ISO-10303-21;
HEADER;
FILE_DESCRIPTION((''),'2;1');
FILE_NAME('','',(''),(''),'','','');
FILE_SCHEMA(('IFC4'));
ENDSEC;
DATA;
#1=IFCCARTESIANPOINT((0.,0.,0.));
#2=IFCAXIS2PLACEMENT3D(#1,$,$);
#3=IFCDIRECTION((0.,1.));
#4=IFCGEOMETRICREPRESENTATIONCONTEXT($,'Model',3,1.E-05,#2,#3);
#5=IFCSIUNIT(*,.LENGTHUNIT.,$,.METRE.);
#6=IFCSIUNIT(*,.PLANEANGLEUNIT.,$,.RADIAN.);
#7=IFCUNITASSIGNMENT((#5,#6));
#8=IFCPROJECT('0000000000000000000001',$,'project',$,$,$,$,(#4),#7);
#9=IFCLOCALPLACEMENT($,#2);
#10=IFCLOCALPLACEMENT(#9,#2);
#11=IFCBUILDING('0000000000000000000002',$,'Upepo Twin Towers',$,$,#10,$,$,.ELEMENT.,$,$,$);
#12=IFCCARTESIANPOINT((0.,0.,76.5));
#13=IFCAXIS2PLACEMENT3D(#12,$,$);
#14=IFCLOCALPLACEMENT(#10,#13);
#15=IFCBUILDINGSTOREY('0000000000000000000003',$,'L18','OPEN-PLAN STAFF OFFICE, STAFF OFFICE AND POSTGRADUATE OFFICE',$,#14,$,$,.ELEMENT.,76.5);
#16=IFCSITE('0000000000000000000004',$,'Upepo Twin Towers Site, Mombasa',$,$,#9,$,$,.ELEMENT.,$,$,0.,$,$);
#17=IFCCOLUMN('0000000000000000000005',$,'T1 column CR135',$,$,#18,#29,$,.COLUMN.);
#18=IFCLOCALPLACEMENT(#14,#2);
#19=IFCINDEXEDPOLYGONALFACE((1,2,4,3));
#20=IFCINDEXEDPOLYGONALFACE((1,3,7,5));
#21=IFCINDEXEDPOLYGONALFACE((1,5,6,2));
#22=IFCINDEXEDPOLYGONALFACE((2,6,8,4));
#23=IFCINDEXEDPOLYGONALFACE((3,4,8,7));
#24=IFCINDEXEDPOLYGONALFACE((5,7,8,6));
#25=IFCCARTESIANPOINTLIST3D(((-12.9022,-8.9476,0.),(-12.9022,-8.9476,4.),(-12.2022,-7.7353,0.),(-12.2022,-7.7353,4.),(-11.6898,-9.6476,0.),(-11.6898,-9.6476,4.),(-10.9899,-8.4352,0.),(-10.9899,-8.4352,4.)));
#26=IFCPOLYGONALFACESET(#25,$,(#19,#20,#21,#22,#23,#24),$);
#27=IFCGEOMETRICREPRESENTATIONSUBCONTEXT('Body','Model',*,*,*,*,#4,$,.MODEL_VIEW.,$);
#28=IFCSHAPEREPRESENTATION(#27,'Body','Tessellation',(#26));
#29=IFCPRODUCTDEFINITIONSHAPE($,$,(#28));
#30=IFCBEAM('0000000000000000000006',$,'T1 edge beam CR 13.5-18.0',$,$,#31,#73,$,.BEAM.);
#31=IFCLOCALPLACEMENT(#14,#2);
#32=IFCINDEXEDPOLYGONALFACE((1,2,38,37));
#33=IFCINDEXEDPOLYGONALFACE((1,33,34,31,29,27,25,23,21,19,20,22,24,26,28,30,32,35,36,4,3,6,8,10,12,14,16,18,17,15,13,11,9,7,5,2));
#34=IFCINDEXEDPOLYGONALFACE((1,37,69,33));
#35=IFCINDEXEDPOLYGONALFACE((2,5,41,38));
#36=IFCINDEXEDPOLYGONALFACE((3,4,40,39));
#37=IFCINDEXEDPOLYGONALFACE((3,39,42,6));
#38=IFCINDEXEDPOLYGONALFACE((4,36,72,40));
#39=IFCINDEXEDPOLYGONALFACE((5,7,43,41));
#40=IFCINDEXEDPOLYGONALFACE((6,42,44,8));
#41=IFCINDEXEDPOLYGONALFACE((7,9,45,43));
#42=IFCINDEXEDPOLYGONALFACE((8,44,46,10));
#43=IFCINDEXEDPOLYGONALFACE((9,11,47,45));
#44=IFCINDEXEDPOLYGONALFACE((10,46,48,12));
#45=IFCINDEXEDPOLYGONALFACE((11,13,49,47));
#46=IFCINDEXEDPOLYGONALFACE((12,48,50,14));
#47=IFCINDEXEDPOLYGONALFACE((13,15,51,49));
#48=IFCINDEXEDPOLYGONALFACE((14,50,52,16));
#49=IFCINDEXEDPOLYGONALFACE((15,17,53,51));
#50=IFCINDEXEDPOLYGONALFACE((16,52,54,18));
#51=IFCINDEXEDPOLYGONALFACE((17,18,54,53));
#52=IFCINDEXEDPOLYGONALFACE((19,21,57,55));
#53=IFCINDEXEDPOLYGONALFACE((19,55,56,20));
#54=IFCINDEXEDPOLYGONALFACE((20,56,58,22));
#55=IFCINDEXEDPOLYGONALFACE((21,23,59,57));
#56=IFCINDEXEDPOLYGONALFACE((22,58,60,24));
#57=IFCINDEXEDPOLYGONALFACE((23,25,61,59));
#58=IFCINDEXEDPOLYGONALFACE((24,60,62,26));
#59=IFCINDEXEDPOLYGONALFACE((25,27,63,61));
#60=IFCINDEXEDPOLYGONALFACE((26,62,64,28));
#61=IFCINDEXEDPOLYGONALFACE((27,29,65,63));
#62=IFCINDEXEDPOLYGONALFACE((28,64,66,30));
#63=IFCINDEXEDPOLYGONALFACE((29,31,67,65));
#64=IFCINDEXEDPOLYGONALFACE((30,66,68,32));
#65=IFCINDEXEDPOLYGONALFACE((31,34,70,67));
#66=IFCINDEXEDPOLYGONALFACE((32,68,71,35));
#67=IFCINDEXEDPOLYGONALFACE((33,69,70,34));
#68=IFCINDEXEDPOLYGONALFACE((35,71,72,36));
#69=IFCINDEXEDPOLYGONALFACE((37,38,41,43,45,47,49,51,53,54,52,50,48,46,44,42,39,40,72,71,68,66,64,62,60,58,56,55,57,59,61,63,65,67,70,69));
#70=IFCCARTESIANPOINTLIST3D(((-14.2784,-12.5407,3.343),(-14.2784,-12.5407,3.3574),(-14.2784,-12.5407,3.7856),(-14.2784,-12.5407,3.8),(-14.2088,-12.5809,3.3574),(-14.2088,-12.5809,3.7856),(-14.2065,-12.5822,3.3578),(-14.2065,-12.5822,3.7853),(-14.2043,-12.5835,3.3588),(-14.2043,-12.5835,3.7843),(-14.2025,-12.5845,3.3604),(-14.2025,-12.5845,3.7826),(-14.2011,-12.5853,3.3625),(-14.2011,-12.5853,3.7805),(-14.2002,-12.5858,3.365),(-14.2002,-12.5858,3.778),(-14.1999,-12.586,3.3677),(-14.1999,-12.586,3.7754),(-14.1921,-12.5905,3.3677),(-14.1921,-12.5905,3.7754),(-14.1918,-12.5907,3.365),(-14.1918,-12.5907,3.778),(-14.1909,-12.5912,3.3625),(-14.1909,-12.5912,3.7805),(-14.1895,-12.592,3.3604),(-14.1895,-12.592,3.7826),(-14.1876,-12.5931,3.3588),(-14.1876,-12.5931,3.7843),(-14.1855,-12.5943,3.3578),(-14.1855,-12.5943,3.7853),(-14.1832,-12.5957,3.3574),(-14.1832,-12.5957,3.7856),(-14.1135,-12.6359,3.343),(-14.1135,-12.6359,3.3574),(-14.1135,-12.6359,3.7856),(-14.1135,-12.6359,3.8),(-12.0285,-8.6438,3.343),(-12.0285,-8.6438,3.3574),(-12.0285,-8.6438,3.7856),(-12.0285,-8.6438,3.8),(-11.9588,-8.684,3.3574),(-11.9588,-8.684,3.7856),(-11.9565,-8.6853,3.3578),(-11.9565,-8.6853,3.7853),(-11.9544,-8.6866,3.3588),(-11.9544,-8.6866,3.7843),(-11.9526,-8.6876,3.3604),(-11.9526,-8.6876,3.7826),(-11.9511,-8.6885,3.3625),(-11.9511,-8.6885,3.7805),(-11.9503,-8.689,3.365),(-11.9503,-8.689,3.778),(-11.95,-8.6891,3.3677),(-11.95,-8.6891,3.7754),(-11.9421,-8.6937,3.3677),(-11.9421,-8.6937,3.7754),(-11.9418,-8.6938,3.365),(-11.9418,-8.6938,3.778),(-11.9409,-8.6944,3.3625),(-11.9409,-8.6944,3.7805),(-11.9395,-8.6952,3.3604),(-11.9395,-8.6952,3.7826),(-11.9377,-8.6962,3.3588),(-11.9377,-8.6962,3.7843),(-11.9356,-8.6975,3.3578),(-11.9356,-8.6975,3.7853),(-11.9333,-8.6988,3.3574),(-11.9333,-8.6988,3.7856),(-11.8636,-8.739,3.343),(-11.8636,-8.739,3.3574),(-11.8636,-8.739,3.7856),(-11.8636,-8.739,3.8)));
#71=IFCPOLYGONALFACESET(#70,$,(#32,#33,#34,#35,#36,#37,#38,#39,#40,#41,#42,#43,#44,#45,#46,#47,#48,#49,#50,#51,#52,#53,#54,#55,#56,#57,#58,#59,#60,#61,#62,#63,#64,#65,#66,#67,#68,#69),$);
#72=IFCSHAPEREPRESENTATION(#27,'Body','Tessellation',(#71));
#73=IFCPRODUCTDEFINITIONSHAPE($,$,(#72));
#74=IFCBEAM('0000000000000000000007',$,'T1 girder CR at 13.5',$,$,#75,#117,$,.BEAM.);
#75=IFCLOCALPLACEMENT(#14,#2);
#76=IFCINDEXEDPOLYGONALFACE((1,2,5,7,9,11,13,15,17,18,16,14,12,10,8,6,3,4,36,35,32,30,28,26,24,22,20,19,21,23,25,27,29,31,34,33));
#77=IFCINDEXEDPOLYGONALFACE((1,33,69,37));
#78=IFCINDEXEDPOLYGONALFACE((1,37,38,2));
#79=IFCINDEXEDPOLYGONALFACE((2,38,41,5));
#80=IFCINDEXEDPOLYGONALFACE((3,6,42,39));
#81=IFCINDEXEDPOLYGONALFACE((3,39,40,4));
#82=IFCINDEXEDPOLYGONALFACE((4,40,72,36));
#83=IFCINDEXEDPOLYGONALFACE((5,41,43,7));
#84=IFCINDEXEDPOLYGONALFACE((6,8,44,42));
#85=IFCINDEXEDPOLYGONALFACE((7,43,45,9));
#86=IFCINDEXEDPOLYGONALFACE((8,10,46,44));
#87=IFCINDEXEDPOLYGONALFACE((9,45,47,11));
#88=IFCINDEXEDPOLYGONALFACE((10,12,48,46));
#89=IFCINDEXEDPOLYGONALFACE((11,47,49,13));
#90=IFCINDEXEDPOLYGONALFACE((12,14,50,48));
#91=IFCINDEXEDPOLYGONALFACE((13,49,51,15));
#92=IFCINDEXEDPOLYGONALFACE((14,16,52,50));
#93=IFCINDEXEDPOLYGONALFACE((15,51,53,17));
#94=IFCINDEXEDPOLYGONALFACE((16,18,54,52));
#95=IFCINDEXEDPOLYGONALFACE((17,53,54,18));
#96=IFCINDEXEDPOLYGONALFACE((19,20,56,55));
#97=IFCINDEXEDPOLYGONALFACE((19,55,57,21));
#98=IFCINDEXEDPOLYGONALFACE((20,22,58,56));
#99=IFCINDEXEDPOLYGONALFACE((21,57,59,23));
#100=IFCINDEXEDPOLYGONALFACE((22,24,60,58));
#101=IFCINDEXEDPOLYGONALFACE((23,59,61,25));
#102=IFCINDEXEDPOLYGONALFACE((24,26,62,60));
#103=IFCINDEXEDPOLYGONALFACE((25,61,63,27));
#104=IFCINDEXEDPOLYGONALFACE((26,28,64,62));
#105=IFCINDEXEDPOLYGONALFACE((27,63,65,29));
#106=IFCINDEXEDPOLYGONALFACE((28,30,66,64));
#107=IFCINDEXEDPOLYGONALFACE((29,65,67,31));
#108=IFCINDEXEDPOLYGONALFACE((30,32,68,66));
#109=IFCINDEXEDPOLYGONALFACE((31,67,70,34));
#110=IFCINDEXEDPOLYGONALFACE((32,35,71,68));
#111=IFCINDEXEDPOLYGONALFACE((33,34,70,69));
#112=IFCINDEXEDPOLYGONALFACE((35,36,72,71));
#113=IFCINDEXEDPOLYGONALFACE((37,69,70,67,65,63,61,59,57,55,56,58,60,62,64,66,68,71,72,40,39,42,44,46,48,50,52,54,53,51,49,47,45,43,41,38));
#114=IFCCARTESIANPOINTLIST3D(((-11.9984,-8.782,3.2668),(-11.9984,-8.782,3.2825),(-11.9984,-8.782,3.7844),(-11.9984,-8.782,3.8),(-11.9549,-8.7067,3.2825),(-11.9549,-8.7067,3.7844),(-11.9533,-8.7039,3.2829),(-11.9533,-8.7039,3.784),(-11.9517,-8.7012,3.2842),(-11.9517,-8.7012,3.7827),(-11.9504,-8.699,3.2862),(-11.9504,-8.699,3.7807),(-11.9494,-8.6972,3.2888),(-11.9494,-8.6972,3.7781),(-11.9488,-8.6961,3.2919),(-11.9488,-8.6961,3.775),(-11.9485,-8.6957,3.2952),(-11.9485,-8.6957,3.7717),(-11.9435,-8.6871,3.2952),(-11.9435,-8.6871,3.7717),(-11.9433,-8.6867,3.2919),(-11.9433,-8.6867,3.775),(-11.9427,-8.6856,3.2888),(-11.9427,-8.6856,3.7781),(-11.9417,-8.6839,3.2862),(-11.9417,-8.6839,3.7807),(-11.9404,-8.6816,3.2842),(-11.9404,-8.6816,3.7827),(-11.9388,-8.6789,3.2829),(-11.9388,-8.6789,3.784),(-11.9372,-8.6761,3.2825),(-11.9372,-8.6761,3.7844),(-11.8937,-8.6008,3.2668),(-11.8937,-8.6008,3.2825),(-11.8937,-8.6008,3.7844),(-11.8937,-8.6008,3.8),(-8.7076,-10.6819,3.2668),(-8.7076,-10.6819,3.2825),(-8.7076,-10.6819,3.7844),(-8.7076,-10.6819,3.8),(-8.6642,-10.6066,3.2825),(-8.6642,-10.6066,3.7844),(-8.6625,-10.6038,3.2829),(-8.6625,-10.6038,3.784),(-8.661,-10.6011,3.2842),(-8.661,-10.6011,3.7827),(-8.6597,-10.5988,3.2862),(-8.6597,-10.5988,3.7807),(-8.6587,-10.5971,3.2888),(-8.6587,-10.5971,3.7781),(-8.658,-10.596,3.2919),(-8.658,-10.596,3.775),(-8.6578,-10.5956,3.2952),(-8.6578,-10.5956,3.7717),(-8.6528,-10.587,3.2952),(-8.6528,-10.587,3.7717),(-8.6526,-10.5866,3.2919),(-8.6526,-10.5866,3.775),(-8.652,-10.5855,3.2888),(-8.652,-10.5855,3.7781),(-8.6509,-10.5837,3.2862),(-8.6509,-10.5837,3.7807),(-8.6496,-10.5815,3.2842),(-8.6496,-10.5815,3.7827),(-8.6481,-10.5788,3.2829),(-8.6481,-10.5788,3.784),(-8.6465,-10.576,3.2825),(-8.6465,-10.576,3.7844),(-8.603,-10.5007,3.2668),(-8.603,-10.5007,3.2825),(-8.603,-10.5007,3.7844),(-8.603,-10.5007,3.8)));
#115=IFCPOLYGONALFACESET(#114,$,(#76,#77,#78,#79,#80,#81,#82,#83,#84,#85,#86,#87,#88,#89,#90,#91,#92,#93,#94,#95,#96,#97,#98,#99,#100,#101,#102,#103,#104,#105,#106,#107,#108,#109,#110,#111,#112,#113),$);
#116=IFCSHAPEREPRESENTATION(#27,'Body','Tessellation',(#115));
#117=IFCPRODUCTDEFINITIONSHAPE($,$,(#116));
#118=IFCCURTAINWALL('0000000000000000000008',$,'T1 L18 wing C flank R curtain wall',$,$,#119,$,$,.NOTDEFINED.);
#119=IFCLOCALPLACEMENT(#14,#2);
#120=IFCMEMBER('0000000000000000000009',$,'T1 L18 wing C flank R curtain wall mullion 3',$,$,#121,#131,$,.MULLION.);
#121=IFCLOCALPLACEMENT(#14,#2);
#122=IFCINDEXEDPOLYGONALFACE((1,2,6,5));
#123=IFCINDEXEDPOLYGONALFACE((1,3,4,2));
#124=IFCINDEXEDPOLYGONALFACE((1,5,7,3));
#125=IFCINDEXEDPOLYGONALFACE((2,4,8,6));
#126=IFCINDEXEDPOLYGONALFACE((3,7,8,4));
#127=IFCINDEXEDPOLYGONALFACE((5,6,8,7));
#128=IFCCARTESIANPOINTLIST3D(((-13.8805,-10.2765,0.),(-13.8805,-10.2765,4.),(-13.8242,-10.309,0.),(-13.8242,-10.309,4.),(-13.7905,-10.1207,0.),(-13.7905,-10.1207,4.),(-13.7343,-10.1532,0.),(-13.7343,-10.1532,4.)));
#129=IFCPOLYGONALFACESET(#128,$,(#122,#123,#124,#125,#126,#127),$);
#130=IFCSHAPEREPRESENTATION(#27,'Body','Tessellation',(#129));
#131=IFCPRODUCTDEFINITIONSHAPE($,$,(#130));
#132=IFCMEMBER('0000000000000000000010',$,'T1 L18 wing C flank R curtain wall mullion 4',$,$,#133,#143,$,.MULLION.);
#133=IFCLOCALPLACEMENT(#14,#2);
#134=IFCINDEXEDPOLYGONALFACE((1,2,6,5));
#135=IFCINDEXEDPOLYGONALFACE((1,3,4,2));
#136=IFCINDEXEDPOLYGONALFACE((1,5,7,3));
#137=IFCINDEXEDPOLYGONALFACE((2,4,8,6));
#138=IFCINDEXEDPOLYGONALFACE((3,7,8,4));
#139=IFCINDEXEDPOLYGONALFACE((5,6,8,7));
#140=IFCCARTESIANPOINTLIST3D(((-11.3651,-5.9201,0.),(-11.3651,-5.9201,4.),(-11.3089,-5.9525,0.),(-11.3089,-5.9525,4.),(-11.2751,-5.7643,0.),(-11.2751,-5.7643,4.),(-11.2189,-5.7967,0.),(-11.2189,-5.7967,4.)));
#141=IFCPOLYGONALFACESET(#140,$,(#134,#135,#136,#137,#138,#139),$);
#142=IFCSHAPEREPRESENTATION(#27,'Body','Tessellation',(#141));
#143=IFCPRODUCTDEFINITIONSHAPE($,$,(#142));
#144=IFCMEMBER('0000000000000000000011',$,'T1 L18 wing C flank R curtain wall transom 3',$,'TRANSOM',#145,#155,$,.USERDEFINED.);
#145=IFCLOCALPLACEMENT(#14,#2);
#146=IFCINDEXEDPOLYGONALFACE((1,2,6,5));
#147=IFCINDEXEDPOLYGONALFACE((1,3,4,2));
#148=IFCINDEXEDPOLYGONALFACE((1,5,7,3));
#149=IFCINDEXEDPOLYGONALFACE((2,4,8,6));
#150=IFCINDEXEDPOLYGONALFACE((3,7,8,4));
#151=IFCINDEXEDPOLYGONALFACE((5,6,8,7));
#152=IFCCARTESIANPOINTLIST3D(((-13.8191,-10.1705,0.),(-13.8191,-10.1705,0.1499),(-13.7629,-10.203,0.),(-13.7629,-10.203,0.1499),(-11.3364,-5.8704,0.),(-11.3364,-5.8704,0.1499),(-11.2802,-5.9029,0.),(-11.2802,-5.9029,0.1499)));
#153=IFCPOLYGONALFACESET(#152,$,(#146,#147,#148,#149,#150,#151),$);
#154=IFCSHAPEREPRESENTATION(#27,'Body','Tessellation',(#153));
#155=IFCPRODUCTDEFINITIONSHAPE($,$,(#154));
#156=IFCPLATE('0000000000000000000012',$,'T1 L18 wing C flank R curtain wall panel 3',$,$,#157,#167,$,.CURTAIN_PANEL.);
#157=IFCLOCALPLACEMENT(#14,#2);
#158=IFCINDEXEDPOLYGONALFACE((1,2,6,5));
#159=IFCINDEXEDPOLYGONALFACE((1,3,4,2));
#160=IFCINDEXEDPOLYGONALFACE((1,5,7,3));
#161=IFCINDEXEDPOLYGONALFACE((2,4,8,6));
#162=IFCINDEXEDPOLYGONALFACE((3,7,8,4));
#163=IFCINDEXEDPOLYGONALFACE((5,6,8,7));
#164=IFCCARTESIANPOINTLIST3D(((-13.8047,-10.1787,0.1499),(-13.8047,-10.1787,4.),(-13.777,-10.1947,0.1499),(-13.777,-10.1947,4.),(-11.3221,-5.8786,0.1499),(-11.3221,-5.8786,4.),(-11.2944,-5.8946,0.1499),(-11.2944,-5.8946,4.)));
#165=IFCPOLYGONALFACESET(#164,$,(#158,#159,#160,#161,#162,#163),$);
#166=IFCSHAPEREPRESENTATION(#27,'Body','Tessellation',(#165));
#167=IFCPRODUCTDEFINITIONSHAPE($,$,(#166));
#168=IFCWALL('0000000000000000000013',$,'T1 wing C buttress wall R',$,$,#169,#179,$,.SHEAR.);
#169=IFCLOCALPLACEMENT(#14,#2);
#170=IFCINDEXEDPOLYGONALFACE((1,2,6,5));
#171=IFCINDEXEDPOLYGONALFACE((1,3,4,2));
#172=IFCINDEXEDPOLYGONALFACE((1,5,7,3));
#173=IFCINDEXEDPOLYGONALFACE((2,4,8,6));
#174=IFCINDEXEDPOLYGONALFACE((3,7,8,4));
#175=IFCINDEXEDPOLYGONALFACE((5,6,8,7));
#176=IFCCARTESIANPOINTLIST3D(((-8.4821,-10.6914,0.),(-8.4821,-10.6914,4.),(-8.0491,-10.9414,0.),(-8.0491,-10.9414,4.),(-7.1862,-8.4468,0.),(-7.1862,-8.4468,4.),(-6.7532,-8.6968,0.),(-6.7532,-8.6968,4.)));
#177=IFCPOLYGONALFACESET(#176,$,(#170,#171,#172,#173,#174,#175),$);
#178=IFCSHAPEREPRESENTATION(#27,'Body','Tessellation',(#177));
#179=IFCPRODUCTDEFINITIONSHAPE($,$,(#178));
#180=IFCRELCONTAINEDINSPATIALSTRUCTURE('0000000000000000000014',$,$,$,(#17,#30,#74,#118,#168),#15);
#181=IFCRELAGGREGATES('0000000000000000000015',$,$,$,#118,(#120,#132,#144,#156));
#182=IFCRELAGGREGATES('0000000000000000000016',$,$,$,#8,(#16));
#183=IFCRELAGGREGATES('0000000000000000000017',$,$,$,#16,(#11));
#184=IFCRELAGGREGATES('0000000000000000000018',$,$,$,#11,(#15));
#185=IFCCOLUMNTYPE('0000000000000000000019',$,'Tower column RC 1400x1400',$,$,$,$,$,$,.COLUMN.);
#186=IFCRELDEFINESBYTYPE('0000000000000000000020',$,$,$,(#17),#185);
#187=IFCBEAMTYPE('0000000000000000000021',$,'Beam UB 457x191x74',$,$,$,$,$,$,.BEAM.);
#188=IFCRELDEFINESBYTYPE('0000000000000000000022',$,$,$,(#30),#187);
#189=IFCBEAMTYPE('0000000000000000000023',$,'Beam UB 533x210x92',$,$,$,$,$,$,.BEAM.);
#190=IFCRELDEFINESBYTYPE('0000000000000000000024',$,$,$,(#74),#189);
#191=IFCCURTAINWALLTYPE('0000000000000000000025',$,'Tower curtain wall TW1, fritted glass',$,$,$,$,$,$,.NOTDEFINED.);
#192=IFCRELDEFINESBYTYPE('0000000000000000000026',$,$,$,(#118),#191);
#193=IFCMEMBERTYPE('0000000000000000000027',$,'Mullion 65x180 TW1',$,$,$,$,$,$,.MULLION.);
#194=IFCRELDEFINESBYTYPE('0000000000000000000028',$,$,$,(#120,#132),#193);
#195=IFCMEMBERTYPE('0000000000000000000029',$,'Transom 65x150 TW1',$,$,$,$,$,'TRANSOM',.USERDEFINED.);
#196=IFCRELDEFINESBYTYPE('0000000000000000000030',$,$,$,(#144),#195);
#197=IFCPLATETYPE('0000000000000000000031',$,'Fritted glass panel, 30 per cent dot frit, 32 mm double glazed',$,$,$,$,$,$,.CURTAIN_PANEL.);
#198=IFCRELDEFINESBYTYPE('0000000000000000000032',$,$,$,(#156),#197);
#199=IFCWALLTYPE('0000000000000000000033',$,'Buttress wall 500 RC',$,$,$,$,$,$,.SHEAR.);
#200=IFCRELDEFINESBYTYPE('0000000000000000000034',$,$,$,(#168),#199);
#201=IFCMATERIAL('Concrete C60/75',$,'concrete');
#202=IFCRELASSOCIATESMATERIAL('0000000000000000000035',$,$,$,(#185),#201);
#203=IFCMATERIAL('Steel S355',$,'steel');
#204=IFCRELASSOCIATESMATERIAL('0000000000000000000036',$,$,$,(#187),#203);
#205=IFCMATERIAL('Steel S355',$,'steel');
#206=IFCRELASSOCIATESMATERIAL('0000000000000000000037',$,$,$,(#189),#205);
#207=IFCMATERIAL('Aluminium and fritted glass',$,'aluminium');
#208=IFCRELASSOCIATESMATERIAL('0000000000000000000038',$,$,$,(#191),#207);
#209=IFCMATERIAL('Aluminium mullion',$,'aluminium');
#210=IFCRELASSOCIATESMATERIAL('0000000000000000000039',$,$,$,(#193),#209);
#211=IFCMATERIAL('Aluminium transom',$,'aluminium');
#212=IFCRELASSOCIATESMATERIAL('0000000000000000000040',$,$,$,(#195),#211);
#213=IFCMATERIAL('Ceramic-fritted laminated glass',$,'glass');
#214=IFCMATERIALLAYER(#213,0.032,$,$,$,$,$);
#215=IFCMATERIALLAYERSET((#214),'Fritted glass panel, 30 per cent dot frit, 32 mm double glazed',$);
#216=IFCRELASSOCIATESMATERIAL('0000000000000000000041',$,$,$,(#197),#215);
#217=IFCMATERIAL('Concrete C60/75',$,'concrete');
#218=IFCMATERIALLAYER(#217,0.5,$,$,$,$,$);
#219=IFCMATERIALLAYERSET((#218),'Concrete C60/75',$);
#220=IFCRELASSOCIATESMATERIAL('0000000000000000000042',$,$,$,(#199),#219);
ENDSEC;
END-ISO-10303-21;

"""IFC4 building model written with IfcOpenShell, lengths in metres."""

from ifc_helpers import new_model, si_unit, direction, frame, frame_2d, origin, origin_2d, place, context, subcontext, project, spatial, rectangle, i_section, extrude, material, layer, layer_set, material_profile, profile_set, type_object, element, aggregate, save


model = new_model("IFC4")

# Units and contexts
model_context = context("Model", 3, precision=1e-05, world=origin(), true_north=direction((0.0, 1.0)))
body_context = subcontext(model_context, "Body", "Model", "MODEL_VIEW")
ifc_project = project(units=[si_unit("LENGTHUNIT", "METRE"), si_unit("PLANEANGLEUNIT", "RADIAN")], contexts=[model_context])

# Site, building, storey
site_placement = place(None, origin())
site = spatial("IfcSite", under=ifc_project, at=site_placement, Name="Upepo Twin Towers Site, Mombasa", CompositionType="ELEMENT", RefElevation=0.0)
building_placement = place(site_placement, origin())
building = spatial("IfcBuilding", under=site, at=building_placement, Name="Upepo Twin Towers", CompositionType="ELEMENT")
storey_placement = place(building_placement, frame((0.0, 0.0, 76.5)))
storey = spatial("IfcBuildingStorey", under=building, at=storey_placement, Name="L18", Description="OPEN-PLAN STAFF OFFICE, STAFF OFFICE AND POSTGRADUATE OFFICE", CompositionType="ELEMENT", Elevation=76.5)

# Column
ifc_material_1 = material(Name="Concrete C60/75", Category="concrete")
ifc_material_profile_1 = material_profile(ifc_material_1, rectangle(XDim=1.3999, YDim=1.3999, at=origin_2d()), Name="RC 1400x1400")
ifc_profile_set_1 = profile_set([ifc_material_profile_1], Name="Concrete C60/75")
column_type = type_object("IfcColumnType", Name="Tower column RC 1400x1400", PredefinedType="COLUMN", material=ifc_profile_set_1)
column_placement = place(storey_placement, frame((-11.946, -8.6914, 0.0), z_axis=(0.0, 0.0, 1.0), x_axis=(0.5, 0.866025, 0.0)))
element("IfcColumn", 1, at=column_placement, inside=storey, type_object=column_type, Name="T1 column CR135", PredefinedType="COLUMN", context=body_context, shape_type="SweptSolid", body=[
    extrude(rectangle(XDim=1.3999, YDim=1.3999, at=origin_2d()), origin(), (0.0, 0.0, 1.0), 4.0),
])

# Beams
ifc_material_2 = material(Name="Steel S355", Category="steel")
ifc_material_profile_2 = material_profile(ifc_material_2, i_section(OverallWidth=0.1904, OverallDepth=0.457, WebThickness=0.009, FlangeThickness=0.0144, FilletRadius=0.0103, at=origin_2d()), Name="UB 457x191x74")
ifc_profile_set_2 = profile_set([ifc_material_profile_2], Name="Steel S355")
beam_type_1 = type_object("IfcBeamType", Name="Beam UB 457x191x74", PredefinedType="BEAM", material=ifc_profile_set_2)
beam_1_placement = place(storey_placement, frame((-11.946, -8.6914, 3.5715), z_axis=(-0.500014, -0.866018, 0.0), x_axis=(0.866018, -0.500014, 0.0)))
element("IfcBeam", 2, at=beam_1_placement, inside=storey, type_object=beam_type_1, Name="T1 edge beam CR 13.5-18.0", PredefinedType="BEAM", context=body_context, shape_type="SweptSolid", body=[
    extrude(i_section(OverallWidth=0.1904, OverallDepth=0.457, WebThickness=0.009, FlangeThickness=0.0144, FilletRadius=0.0103, at=origin_2d()), origin(), (0.0, 0.0, 1.0), 4.4998),
])
ifc_material_3 = material(Name="Steel S355", Category="steel")
ifc_material_profile_3 = material_profile(ifc_material_3, i_section(OverallWidth=0.2092, OverallDepth=0.5332, WebThickness=0.01, FlangeThickness=0.0156, FilletRadius=0.0127, at=origin_2d()), Name="UB 533x210x92")
ifc_profile_set_3 = profile_set([ifc_material_profile_3], Name="Steel S355")
beam_type_2 = type_object("IfcBeamType", Name="Beam UB 533x210x92", PredefinedType="BEAM", material=ifc_profile_set_3)
beam_2_placement = place(storey_placement, frame((-11.946, -8.6914, 3.5334), z_axis=(0.866028, -0.499995, 0.0), x_axis=(0.499995, 0.866028, 0.0)))
element("IfcBeam", 3, at=beam_2_placement, inside=storey, type_object=beam_type_2, Name="T1 girder CR at 13.5", PredefinedType="BEAM", context=body_context, shape_type="SweptSolid", body=[
    extrude(i_section(OverallWidth=0.2092, OverallDepth=0.5332, WebThickness=0.01, FlangeThickness=0.0156, FilletRadius=0.0127, at=origin_2d()), origin(), (0.0, 0.0, 1.0), 3.7998),
])

# Curtain wall, members, plate
ifc_material_4 = material(Name="Aluminium and fritted glass", Category="aluminium")
curtain_wall_type = type_object("IfcCurtainWallType", Name="Tower curtain wall TW1, fritted glass", PredefinedType="NOTDEFINED", material=ifc_material_4)
curtain_wall_placement = place(storey_placement, origin())
curtain_wall = element("IfcCurtainWall", 4, at=curtain_wall_placement, inside=storey, type_object=curtain_wall_type, Name="T1 L18 wing C flank R curtain wall", PredefinedType="NOTDEFINED")
ifc_material_5 = material(Name="Aluminium mullion", Category="aluminium")
ifc_material_profile_4 = material_profile(ifc_material_5, rectangle(XDim=0.0649, YDim=0.1799, at=origin_2d()), Name="MULLION 65x180")
ifc_profile_set_4 = profile_set([ifc_material_profile_4], Name="Aluminium mullion")
member_type_1 = type_object("IfcMemberType", Name="Mullion 65x180 TW1", PredefinedType="MULLION", material=ifc_profile_set_4)
member_1_placement = place(storey_placement, frame((-13.8074, -10.2148, 0.0), z_axis=(0.0, 0.0, 1.0), x_axis=(-0.866025, 0.5, 0.0)))
member_1 = element("IfcMember", 5, at=member_1_placement, type_object=member_type_1, Name="T1 L18 wing C flank R curtain wall mullion 3", PredefinedType="MULLION", context=body_context, shape_type="SweptSolid", body=[
    extrude(rectangle(XDim=0.0649, YDim=0.1799, at=origin_2d()), origin(), (0.0, 0.0, 1.0), 4.0),
])
member_2_placement = place(storey_placement, frame((-11.292, -5.8584, 0.0), z_axis=(0.0, 0.0, 1.0), x_axis=(-0.866025, 0.5, 0.0)))
member_2 = element("IfcMember", 6, at=member_2_placement, type_object=member_type_1, Name="T1 L18 wing C flank R curtain wall mullion 4", PredefinedType="MULLION", context=body_context, shape_type="SweptSolid", body=[
    extrude(rectangle(XDim=0.0649, YDim=0.1799, at=origin_2d()), origin(), (0.0, 0.0, 1.0), 4.0),
])
ifc_material_6 = material(Name="Aluminium transom", Category="aluminium")
ifc_material_profile_5 = material_profile(ifc_material_6, rectangle(XDim=0.0649, YDim=0.1499, at=origin_2d()), Name="TRANSOM 65x150")
ifc_profile_set_5 = profile_set([ifc_material_profile_5], Name="Aluminium transom")
member_type_2 = type_object("IfcMemberType", Name="Transom 65x150 TW1", ElementType="TRANSOM", PredefinedType="USERDEFINED", material=ifc_profile_set_5)
member_3_placement = place(storey_placement, frame((-13.791, -10.1868, 0.075), z_axis=(0.500005, 0.866023, 0.0), x_axis=(-0.866023, 0.500005, 0.0)))
member_3 = element("IfcMember", 7, at=member_3_placement, type_object=member_type_2, Name="T1 L18 wing C flank R curtain wall transom 3", ObjectType="TRANSOM", PredefinedType="USERDEFINED", context=body_context, shape_type="SweptSolid", body=[
    extrude(rectangle(XDim=0.0649, YDim=0.1499, at=origin_2d()), origin(), (0.0, 0.0, 1.0), 4.9653),
])
ifc_material_7 = material(Name="Ceramic-fritted laminated glass", Category="glass")
ifc_layer_1 = layer(ifc_material_7, 0.032)
ifc_layer_set_1 = layer_set([ifc_layer_1], Name="Fritted glass panel, 30 per cent dot frit, 32 mm double glazed")
plate_type = type_object("IfcPlateType", Name="Fritted glass panel, 30 per cent dot frit, 32 mm double glazed", PredefinedType="CURTAIN_PANEL", material=ifc_layer_set_1)
plate_placement = place(storey_placement, frame((-12.5496, -8.0366, 0.1499), z_axis=(0.0, 0.0, 1.0), x_axis=(0.5, 0.866025, 0.0)))
plate = element("IfcPlate", 8, at=plate_placement, type_object=plate_type, Name="T1 L18 wing C flank R curtain wall panel 3", PredefinedType="CURTAIN_PANEL", context=body_context, shape_type="SweptSolid", body=[
    extrude(rectangle(XDim=4.9653, YDim=0.032, at=origin_2d()), origin(), (0.0, 0.0, 1.0), 3.8501),
])
aggregate(curtain_wall, [member_1, member_2, member_3, plate])

# Wall
ifc_material_8 = material(Name="Concrete C60/75", Category="concrete")
ifc_layer_2 = layer(ifc_material_8, 0.5)
ifc_layer_set_2 = layer_set([ifc_layer_2], Name="Concrete C60/75")
wall_type_1 = type_object("IfcWallType", Name="Buttress wall 500 RC", PredefinedType="SHEAR", material=ifc_layer_set_2)
wall_1_placement = place(storey_placement, frame((-6.9697, -8.5718, 0.0), z_axis=(0.0, 0.0, 1.0), x_axis=(-0.499989, -0.866032, 0.0)))
element("IfcWall", 9, at=wall_1_placement, inside=storey, type_object=wall_type_1, Name="T1 wing C buttress wall R", PredefinedType="SHEAR", context=body_context, shape_type="SweptSolid", body=[
    extrude(rectangle(XDim=2.5918, YDim=0.5, at=frame_2d((1.2959, 0.0))), origin(), (0.0, 0.0, 1.0), 4.0),
])

save(model, "model.ifc")
